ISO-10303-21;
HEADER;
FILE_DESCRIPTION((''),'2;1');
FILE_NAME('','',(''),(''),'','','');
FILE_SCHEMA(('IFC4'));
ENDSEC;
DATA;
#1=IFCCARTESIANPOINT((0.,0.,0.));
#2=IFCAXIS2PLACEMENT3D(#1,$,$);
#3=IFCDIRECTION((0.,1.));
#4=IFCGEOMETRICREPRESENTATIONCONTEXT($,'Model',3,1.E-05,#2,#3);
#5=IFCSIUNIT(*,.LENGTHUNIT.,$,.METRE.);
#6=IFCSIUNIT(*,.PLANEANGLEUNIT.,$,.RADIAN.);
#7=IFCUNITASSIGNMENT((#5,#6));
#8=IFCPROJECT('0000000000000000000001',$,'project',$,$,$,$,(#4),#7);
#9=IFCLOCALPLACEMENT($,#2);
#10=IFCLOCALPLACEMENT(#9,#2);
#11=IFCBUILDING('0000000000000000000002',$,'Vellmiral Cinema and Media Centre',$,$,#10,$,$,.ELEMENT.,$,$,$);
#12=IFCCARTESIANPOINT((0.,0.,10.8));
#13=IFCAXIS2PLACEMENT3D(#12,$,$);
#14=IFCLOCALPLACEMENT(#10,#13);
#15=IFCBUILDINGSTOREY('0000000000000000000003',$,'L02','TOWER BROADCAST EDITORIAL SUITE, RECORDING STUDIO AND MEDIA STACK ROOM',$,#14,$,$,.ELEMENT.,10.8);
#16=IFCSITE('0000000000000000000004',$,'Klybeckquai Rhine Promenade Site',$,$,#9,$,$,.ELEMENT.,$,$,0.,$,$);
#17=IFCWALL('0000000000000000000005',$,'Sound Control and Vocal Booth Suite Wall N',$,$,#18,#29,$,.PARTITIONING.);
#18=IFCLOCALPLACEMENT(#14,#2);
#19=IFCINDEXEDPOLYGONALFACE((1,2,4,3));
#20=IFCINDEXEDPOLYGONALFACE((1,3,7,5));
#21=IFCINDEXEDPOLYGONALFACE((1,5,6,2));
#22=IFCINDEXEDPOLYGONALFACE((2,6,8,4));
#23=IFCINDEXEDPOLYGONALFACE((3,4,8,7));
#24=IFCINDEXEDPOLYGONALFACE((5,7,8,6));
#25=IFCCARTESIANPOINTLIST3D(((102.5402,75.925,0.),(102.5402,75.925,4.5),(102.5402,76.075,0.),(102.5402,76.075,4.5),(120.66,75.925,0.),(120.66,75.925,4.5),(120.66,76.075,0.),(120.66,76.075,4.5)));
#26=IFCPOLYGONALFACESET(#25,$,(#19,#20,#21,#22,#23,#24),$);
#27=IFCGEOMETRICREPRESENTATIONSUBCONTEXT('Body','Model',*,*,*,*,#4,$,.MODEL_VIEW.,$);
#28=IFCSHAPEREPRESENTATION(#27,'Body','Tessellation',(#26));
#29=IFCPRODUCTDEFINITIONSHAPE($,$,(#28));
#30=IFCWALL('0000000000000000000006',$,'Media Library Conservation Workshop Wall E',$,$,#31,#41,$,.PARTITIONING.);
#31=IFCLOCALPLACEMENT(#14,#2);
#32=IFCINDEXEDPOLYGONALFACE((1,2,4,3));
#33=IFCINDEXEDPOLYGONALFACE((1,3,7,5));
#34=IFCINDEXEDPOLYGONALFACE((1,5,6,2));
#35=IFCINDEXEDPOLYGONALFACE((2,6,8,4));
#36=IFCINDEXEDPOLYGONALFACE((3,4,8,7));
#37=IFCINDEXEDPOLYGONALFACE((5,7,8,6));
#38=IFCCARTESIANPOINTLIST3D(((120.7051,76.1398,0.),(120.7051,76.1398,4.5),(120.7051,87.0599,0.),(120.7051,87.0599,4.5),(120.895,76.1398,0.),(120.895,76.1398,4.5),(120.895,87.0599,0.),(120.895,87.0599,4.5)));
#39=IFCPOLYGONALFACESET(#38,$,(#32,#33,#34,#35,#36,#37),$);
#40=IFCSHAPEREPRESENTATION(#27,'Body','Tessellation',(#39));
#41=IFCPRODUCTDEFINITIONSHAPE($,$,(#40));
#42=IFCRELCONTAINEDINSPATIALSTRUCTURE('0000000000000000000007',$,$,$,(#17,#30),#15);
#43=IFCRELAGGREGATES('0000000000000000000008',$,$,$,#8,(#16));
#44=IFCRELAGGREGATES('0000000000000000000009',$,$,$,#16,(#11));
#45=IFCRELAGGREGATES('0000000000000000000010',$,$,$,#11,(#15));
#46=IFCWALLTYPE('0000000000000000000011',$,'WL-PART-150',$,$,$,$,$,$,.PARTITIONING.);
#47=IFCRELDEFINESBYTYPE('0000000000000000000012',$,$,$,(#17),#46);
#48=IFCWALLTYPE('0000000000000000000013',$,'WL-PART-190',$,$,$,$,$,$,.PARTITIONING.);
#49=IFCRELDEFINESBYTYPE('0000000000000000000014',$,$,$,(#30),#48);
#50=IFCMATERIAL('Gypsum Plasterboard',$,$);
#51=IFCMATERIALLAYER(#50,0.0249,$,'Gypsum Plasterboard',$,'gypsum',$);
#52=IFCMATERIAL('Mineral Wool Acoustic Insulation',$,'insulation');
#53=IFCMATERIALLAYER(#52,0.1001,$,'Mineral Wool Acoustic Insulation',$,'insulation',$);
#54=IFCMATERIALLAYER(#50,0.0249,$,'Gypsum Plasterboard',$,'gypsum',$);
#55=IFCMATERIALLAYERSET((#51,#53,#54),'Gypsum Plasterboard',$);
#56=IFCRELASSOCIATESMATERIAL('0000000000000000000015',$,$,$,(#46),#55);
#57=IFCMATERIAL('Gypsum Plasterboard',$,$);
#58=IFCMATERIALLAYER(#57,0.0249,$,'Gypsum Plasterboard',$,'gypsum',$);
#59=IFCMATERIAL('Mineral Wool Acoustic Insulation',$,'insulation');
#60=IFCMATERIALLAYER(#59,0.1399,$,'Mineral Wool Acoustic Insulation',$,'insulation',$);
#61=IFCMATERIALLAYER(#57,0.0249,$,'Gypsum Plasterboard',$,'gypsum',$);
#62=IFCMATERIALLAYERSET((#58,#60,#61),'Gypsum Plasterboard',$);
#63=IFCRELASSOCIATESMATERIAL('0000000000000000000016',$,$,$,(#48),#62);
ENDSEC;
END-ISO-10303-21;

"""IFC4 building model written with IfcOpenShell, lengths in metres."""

from ifc_helpers import new_model, si_unit, direction, frame, frame_2d, origin, place, context, subcontext, project, spatial, rectangle, extrude, material, layer, layer_set, type_object, element, save


model = new_model("IFC4")

# Units and contexts
model_context = context("Model", 3, precision=1e-05, world=origin(), true_north=direction((0.0, 1.0)))
body_context = subcontext(model_context, "Body", "Model", "MODEL_VIEW")
ifc_project = project(units=[si_unit("LENGTHUNIT", "METRE"), si_unit("PLANEANGLEUNIT", "RADIAN")], contexts=[model_context])

# Site, building, storey
site_placement = place(None, origin())
site = spatial("IfcSite", under=ifc_project, at=site_placement, Name="Klybeckquai Rhine Promenade Site", CompositionType="ELEMENT", RefElevation=0.0)
building_placement = place(site_placement, origin())
building = spatial("IfcBuilding", under=site, at=building_placement, Name="Vellmiral Cinema and Media Centre", CompositionType="ELEMENT")
storey_placement = place(building_placement, frame((0.0, 0.0, 10.8)))
storey = spatial("IfcBuildingStorey", under=building, at=storey_placement, Name="L02", Description="TOWER BROADCAST EDITORIAL SUITE, RECORDING STUDIO AND MEDIA STACK ROOM", CompositionType="ELEMENT", Elevation=10.8)

# Walls
ifc_material_1 = material(Name="Gypsum Plasterboard")
ifc_layer_1 = layer(ifc_material_1, 0.0249, Name="Gypsum Plasterboard", Category="gypsum")
ifc_material_2 = material(Name="Mineral Wool Acoustic Insulation", Category="insulation")
ifc_layer_2 = layer(ifc_material_2, 0.1001, Name="Mineral Wool Acoustic Insulation", Category="insulation")
ifc_layer_3 = layer(ifc_material_1, 0.0249, Name="Gypsum Plasterboard", Category="gypsum")
ifc_layer_set_1 = layer_set([ifc_layer_1, ifc_layer_2, ifc_layer_3], Name="Gypsum Plasterboard")
wall_type_1 = type_object("IfcWallType", Name="WL-PART-150", PredefinedType="PARTITIONING", material=ifc_layer_set_1)
wall_1_placement = place(storey_placement, frame((102.54, 76.0, 0.0), z_axis=(0.0, 0.0, 1.0), x_axis=(1.0, 0.0, 0.0)))
element("IfcWall", 1, at=wall_1_placement, inside=storey, type_object=wall_type_1, Name="Sound Control and Vocal Booth Suite Wall N", PredefinedType="PARTITIONING", context=body_context, shape_type="SweptSolid", body=[
    extrude(rectangle(XDim=18.1199, YDim=0.1499, at=frame_2d((9.0601, 0.0))), origin(), (0.0, 0.0, 1.0), 4.5),
])
ifc_material_3 = material(Name="Gypsum Plasterboard")
ifc_layer_4 = layer(ifc_material_3, 0.0249, Name="Gypsum Plasterboard", Category="gypsum")
ifc_material_4 = material(Name="Mineral Wool Acoustic Insulation", Category="insulation")
ifc_layer_5 = layer(ifc_material_4, 0.1399, Name="Mineral Wool Acoustic Insulation", Category="insulation")
ifc_layer_6 = layer(ifc_material_3, 0.0249, Name="Gypsum Plasterboard", Category="gypsum")
ifc_layer_set_2 = layer_set([ifc_layer_4, ifc_layer_5, ifc_layer_6], Name="Gypsum Plasterboard")
wall_type_2 = type_object("IfcWallType", Name="WL-PART-190", PredefinedType="PARTITIONING", material=ifc_layer_set_2)
wall_2_placement = place(storey_placement, frame((120.8, 76.1399, 0.0), z_axis=(0.0, 0.0, 1.0), x_axis=(0.0, 1.0, 0.0)))
element("IfcWall", 2, at=wall_2_placement, inside=storey, type_object=wall_type_2, Name="Media Library Conservation Workshop Wall E", PredefinedType="PARTITIONING", context=body_context, shape_type="SweptSolid", body=[
    extrude(rectangle(XDim=10.9202, YDim=0.1899, at=frame_2d((5.46, 0.0))), origin(), (0.0, 0.0, 1.0), 4.5),
])

save(model, "model.ifc")
